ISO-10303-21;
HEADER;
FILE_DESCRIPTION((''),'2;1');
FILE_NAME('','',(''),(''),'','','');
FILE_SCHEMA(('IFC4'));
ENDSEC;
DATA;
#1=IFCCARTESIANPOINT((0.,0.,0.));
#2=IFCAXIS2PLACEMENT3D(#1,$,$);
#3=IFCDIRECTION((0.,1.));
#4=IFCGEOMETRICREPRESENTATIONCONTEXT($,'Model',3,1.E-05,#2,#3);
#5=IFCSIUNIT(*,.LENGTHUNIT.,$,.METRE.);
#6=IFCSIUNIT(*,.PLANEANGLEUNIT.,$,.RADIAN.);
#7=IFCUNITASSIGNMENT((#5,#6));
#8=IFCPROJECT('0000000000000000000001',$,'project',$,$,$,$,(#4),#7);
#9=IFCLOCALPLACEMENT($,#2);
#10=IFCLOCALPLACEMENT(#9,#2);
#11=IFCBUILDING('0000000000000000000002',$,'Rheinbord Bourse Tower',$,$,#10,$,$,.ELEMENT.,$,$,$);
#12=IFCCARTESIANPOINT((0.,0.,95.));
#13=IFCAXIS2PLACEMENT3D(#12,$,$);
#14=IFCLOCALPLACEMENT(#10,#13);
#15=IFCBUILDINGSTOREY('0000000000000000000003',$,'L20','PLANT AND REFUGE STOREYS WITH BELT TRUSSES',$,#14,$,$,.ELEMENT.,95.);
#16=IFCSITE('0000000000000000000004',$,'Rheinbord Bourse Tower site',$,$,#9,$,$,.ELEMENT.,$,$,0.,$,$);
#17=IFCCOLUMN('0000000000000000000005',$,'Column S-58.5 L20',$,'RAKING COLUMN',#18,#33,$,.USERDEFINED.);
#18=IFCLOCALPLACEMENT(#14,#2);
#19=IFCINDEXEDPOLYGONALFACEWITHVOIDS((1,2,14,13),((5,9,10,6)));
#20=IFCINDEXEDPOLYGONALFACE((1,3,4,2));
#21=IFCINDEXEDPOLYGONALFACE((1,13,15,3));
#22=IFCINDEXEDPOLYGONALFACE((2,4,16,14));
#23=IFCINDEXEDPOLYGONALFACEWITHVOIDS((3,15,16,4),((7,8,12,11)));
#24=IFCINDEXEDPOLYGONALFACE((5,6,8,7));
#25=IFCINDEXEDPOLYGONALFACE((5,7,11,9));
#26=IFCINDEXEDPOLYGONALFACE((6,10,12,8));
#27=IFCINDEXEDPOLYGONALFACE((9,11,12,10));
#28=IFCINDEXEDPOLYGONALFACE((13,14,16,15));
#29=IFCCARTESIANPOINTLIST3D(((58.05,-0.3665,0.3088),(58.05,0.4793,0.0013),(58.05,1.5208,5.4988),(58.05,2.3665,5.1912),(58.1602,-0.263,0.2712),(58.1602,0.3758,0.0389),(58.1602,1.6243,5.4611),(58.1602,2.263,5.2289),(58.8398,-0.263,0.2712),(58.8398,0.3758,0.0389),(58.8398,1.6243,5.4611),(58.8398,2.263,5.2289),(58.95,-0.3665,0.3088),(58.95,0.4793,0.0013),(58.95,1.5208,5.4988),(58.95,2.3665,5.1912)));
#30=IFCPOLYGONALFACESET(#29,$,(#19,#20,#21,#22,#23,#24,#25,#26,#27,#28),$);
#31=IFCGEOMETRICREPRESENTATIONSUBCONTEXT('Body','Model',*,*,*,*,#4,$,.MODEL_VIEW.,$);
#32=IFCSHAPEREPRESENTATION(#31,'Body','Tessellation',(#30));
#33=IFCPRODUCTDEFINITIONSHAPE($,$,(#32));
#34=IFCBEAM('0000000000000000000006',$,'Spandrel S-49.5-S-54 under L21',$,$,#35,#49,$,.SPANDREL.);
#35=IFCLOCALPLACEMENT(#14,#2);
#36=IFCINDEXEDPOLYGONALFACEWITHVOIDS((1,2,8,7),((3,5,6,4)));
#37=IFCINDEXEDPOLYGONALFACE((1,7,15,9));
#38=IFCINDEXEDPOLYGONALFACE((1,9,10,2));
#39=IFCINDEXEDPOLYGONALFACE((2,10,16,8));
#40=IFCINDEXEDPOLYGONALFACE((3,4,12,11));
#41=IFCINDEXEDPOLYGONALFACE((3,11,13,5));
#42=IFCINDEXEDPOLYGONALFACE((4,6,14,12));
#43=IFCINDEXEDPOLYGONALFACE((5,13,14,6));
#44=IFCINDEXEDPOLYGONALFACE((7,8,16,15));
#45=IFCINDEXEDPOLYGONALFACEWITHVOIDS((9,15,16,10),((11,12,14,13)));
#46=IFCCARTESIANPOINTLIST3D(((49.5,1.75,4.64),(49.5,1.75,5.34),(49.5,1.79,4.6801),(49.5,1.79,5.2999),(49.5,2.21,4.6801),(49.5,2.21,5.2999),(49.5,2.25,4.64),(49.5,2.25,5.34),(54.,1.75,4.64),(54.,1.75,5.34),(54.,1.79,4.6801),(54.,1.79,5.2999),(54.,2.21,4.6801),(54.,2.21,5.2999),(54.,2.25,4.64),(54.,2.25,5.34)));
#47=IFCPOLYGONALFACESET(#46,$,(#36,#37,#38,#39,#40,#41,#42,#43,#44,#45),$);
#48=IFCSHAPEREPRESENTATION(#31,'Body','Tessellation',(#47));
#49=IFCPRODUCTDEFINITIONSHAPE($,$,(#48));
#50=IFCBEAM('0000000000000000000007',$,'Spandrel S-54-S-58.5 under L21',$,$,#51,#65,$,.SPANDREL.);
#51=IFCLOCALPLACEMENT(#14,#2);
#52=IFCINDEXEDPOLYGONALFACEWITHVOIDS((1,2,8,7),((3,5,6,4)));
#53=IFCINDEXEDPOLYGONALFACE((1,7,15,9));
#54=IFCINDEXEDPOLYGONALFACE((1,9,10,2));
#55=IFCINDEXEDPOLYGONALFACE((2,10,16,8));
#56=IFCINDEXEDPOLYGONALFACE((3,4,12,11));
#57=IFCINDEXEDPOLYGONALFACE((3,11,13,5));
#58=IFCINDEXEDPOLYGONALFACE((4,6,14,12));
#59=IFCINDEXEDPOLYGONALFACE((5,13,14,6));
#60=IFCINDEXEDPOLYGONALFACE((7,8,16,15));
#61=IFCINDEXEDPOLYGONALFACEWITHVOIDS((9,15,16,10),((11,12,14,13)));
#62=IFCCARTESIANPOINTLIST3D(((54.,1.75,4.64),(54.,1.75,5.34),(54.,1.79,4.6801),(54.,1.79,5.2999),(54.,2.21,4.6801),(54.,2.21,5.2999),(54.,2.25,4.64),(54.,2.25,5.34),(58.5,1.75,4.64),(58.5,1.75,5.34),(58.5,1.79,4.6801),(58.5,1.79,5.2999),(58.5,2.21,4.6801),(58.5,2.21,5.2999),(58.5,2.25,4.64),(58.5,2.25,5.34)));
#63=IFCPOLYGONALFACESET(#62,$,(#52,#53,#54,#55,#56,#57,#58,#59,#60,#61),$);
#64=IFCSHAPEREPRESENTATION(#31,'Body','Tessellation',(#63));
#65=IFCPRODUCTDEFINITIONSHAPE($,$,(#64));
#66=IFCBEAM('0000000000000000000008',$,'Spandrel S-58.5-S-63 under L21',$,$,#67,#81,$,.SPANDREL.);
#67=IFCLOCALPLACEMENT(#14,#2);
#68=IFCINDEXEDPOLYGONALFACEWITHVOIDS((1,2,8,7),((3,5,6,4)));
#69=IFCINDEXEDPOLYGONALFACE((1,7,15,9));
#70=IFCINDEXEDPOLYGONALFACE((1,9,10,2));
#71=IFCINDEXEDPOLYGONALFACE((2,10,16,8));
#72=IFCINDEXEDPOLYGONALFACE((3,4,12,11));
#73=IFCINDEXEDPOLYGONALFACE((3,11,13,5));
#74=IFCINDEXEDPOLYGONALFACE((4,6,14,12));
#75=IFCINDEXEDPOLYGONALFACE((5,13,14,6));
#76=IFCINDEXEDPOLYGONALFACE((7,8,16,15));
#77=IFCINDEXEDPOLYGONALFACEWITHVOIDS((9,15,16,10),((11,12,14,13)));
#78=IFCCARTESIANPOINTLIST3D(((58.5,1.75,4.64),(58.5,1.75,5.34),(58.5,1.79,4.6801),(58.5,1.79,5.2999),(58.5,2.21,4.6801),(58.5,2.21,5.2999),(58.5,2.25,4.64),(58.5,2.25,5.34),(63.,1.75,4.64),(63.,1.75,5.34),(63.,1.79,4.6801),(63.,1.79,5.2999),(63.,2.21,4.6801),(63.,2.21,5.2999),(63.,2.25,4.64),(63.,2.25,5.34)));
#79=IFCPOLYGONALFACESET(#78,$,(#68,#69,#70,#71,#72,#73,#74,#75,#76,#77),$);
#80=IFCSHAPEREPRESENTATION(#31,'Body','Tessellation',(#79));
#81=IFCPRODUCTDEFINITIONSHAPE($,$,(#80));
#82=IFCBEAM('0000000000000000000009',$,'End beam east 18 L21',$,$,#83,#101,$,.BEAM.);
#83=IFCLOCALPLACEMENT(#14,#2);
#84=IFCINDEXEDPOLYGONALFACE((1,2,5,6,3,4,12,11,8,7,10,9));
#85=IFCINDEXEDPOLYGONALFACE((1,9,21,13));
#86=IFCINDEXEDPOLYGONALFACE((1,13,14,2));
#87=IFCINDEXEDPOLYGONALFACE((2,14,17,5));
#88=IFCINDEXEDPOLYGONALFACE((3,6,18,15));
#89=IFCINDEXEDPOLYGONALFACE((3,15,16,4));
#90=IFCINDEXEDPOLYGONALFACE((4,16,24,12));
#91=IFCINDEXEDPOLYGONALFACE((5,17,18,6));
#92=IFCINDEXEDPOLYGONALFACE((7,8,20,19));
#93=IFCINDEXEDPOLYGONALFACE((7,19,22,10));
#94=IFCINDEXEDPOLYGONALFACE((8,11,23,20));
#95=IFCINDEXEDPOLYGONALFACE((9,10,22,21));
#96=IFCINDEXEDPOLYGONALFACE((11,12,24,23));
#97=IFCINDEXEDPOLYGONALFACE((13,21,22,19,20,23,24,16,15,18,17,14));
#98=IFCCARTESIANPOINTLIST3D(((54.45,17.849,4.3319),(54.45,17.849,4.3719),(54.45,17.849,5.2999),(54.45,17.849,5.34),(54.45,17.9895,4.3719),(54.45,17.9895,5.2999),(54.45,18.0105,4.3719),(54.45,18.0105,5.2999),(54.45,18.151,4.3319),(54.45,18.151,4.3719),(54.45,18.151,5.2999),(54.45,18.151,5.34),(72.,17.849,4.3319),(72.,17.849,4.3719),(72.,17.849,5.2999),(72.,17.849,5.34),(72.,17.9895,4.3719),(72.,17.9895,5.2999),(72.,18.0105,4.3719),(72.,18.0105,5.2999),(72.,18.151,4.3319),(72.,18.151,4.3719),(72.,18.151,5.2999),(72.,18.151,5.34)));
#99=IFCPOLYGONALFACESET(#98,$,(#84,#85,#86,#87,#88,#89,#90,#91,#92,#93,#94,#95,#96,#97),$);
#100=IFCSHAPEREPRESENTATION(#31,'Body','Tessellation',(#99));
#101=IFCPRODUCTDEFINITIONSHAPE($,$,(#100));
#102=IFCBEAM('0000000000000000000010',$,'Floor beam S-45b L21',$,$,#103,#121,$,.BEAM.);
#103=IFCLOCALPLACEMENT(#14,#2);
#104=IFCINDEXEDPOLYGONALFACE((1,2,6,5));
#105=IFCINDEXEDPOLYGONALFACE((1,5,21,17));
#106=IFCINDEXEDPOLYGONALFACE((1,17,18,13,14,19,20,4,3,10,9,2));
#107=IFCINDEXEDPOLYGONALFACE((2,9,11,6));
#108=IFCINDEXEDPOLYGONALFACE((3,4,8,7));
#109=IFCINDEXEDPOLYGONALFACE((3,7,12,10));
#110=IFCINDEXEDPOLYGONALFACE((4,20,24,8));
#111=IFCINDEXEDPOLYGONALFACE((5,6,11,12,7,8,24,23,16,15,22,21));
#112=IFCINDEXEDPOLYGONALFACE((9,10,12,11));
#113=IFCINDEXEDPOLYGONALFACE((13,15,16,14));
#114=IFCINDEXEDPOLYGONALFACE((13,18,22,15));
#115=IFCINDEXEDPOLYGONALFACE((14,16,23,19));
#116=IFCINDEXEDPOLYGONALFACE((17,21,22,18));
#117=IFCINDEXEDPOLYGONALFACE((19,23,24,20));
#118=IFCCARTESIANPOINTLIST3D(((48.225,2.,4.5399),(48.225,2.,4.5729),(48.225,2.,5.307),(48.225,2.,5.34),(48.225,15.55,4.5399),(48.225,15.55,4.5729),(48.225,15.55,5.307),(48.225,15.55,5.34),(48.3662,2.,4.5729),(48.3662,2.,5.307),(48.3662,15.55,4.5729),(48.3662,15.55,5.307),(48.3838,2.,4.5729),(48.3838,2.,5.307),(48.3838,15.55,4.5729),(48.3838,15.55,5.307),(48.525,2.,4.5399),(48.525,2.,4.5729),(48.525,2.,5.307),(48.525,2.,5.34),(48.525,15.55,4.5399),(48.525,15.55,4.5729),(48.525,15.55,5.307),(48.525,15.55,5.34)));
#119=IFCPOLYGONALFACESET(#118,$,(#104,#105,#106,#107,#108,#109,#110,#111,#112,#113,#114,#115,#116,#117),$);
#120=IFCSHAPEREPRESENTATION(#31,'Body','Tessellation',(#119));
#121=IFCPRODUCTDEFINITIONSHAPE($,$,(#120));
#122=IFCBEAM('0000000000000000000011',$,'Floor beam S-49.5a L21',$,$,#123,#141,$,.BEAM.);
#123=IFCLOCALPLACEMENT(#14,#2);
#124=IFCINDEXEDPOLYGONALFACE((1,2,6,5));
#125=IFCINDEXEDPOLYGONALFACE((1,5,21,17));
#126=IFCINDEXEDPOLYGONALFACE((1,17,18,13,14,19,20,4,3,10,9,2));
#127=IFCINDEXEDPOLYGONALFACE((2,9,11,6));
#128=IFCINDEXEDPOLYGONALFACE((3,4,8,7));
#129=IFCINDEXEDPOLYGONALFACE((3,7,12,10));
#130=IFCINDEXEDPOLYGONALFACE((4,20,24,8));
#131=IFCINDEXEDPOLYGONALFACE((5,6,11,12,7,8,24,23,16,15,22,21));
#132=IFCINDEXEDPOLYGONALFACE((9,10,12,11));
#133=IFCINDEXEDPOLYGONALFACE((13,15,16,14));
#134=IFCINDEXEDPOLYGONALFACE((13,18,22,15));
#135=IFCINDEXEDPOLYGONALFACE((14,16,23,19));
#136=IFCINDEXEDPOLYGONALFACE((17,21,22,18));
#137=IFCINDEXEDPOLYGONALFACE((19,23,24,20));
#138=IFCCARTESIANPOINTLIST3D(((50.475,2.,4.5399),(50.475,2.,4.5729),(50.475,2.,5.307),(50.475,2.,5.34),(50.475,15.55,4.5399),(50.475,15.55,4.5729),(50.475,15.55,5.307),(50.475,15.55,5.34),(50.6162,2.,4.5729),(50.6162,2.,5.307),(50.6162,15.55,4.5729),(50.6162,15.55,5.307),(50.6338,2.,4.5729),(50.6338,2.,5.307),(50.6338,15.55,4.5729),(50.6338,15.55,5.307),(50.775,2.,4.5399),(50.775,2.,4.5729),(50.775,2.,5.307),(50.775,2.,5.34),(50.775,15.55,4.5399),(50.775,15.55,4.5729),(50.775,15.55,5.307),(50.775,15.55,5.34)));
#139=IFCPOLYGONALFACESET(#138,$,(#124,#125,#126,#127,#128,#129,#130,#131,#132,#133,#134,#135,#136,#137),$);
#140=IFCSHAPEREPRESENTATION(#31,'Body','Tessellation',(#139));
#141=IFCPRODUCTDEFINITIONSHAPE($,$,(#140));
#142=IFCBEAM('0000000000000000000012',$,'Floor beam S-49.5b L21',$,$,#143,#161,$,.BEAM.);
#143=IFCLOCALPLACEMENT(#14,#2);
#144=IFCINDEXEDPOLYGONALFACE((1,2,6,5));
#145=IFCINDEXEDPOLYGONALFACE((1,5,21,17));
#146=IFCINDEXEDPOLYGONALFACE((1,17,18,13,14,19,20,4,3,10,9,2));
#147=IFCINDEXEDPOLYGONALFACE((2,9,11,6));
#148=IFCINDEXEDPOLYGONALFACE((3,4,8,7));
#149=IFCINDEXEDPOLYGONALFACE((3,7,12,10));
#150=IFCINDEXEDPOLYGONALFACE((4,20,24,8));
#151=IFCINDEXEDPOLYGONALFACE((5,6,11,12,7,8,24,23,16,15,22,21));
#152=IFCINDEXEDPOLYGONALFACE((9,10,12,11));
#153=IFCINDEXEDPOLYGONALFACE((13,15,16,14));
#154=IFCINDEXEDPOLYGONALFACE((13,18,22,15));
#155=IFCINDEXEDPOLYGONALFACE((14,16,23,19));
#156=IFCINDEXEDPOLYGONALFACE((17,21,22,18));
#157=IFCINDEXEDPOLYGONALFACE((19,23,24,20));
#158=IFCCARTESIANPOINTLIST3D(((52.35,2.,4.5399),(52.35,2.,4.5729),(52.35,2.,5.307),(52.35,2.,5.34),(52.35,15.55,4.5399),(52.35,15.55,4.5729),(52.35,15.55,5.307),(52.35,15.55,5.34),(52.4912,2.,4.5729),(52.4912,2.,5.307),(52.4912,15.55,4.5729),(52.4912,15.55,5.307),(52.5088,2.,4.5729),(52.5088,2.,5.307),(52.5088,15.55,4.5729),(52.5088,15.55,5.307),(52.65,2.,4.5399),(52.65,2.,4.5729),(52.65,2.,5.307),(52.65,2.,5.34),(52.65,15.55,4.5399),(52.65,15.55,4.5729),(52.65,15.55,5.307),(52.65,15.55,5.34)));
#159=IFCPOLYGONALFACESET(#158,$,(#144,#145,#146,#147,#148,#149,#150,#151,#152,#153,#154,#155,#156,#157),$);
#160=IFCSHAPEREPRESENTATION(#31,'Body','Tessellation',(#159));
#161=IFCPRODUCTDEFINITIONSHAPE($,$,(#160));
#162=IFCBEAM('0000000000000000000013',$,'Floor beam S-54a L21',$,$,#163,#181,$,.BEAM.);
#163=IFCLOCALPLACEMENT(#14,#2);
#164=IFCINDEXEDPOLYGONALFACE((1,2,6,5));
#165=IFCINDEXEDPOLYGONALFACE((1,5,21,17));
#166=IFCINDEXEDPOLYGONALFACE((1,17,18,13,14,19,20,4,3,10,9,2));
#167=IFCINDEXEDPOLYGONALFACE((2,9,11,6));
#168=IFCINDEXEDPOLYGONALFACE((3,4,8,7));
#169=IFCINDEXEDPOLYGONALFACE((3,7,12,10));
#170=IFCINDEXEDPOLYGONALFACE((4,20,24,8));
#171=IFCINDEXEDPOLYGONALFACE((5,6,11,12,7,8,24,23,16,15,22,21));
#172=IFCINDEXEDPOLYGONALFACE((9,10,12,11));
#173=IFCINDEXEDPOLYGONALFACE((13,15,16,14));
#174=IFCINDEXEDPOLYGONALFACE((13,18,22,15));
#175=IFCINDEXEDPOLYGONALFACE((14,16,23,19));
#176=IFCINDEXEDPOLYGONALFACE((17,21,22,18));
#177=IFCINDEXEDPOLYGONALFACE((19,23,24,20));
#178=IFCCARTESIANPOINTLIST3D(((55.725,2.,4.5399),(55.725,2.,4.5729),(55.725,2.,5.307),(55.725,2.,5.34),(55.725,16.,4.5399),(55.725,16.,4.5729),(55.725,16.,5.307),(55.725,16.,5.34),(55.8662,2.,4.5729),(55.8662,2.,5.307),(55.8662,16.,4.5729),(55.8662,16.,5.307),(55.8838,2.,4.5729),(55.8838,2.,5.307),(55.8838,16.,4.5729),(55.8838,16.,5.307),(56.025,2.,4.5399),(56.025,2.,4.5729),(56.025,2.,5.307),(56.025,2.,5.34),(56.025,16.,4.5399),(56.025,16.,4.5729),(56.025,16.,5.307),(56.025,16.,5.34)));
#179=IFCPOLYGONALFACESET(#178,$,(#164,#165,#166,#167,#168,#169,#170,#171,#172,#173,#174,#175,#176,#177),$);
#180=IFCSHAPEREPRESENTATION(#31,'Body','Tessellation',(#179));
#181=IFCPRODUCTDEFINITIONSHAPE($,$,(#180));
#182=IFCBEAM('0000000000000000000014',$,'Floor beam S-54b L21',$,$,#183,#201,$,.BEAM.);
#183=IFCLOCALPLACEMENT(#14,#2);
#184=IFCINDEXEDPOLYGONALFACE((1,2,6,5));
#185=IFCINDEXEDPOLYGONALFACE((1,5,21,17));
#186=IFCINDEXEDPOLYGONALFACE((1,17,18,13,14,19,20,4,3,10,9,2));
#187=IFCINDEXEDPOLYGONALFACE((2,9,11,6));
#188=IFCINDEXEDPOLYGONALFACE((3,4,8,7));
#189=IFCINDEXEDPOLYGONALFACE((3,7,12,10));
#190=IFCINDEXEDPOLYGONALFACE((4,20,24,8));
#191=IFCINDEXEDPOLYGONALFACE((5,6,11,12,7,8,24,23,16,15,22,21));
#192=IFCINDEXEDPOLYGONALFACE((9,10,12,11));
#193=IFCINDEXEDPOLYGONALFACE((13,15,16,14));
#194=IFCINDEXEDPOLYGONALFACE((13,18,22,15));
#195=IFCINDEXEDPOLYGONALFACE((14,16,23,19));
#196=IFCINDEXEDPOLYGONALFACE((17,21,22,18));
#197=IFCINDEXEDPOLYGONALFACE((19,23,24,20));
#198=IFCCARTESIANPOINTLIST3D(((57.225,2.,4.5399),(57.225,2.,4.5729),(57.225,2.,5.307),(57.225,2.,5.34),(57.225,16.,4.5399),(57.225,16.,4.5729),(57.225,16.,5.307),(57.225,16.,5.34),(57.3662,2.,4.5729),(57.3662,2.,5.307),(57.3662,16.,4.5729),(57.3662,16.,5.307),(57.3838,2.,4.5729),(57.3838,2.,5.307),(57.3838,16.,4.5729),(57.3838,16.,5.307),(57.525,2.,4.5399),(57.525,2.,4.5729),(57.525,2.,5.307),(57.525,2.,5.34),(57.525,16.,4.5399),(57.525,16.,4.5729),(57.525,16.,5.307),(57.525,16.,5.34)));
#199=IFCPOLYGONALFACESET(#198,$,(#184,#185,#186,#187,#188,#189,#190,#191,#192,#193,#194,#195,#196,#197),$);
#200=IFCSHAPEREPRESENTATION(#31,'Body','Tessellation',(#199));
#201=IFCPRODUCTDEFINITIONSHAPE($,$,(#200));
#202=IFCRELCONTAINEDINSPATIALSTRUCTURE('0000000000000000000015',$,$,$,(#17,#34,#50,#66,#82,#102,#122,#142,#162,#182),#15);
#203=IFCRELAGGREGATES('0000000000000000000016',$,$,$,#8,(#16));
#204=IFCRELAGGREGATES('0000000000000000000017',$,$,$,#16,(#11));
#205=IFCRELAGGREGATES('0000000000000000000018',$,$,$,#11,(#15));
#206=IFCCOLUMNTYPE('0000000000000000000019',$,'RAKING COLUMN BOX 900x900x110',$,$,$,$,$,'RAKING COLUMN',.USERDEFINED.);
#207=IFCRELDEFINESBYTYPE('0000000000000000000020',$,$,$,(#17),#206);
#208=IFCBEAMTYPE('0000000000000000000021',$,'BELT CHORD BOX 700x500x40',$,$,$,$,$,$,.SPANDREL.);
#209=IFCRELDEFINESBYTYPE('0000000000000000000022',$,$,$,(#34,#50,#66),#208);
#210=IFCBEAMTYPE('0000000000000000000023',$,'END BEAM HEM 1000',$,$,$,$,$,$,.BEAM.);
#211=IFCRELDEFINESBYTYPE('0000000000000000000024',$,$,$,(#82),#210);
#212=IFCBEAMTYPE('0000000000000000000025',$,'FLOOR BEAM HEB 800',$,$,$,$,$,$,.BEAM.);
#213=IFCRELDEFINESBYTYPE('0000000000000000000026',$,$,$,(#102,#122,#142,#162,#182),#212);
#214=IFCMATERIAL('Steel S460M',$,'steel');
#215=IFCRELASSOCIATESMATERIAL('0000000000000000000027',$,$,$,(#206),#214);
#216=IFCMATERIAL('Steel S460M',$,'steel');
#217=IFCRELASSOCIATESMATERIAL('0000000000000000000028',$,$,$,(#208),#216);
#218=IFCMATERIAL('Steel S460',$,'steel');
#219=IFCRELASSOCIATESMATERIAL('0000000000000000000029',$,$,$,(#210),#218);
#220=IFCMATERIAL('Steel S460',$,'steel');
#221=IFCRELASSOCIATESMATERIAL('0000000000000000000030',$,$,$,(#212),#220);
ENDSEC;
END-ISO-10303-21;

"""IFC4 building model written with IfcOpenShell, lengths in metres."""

from ifc_helpers import new_model, si_unit, direction, frame, origin, origin_2d, place, context, subcontext, project, spatial, hollow_rectangle, i_section, extrude, material, material_profile, profile_set, type_object, element, save


model = new_model("IFC4")

# Units and contexts
model_context = context("Model", 3, precision=1e-05, world=origin(), true_north=direction((0.0, 1.0)))
body_context = subcontext(model_context, "Body", "Model", "MODEL_VIEW")
ifc_project = project(units=[si_unit("LENGTHUNIT", "METRE"), si_unit("PLANEANGLEUNIT", "RADIAN")], contexts=[model_context])

# Site, building, storey
site_placement = place(None, origin())
site = spatial("IfcSite", under=ifc_project, at=site_placement, Name="Rheinbord Bourse Tower site", CompositionType="ELEMENT", RefElevation=0.0)
building_placement = place(site_placement, origin())
building = spatial("IfcBuilding", under=site, at=building_placement, Name="Rheinbord Bourse Tower", CompositionType="ELEMENT")
storey_placement = place(building_placement, frame((0.0, 0.0, 95.0)))
storey = spatial("IfcBuildingStorey", under=building, at=storey_placement, Name="L20", Description="PLANT AND REFUGE STOREYS WITH BELT TRUSSES", CompositionType="ELEMENT", Elevation=95.0)

# Column
ifc_material_1 = material(Name="Steel S460M", Category="steel")
ifc_material_profile_1 = material_profile(ifc_material_1, hollow_rectangle(XDim=0.8999, YDim=0.8999, WallThickness=0.1101, at=origin_2d()), Name="BOX 900x900x110")
ifc_profile_set_1 = profile_set([ifc_material_profile_1], Name="Steel S460M")
column_type = type_object("IfcColumnType", Name="RAKING COLUMN BOX 900x900x110", ElementType="RAKING COLUMN", PredefinedType="USERDEFINED", material=ifc_profile_set_1)
column_placement = place(storey_placement, frame((58.5, 0.0564, 0.155), z_axis=(0.0, 0.341743, 0.939793), x_axis=(0.0, -0.939793, 0.341743)))
element("IfcColumn", 1, at=column_placement, inside=storey, type_object=column_type, Name="Column S-58.5 L20", ObjectType="RAKING COLUMN", PredefinedType="USERDEFINED", context=body_context, shape_type="SweptSolid", body=[
    extrude(hollow_rectangle(XDim=0.8999, YDim=0.8999, WallThickness=0.1101, at=origin_2d()), origin(), (0.0, 0.0, 1.0), 5.5225),
])

# Beams
ifc_material_2 = material(Name="Steel S460M", Category="steel")
ifc_material_profile_2 = material_profile(ifc_material_2, hollow_rectangle(XDim=0.5, YDim=0.7, WallThickness=0.04, at=origin_2d()), Name="BOX 700x500x40")
ifc_profile_set_2 = profile_set([ifc_material_profile_2], Name="Steel S460M")
beam_type_1 = type_object("IfcBeamType", Name="BELT CHORD BOX 700x500x40", PredefinedType="SPANDREL", material=ifc_profile_set_2)
for number, where, z_axis, x_axis, name in (
    (2, (49.5, 2.0, 4.99), (1.0, 0.0, 0.0), (0.0, 1.0, 0.0), "Spandrel S-49.5-S-54 under L21"),
    (3, (54.0, 2.0, 4.99), (1.0, 0.0, 0.0), (0.0, 1.0, 0.0), "Spandrel S-54-S-58.5 under L21"),
    (4, (58.5, 2.0, 4.99), (1.0, 0.0, 0.0), (0.0, 1.0, 0.0), "Spandrel S-58.5-S-63 under L21"),
):
    element("IfcBeam", number, at=place(storey_placement, frame(where, z_axis=z_axis, x_axis=x_axis)), inside=storey, type_object=beam_type_1, Name=name, PredefinedType="SPANDREL", context=body_context, shape_type="SweptSolid", body=[
        extrude(hollow_rectangle(XDim=0.5, YDim=0.7, WallThickness=0.04, at=origin_2d()), origin(), (0.0, 0.0, 1.0), 4.5),
    ])
ifc_material_3 = material(Name="Steel S460", Category="steel")
ifc_material_profile_3 = material_profile(ifc_material_3, i_section(OverallWidth=0.302, OverallDepth=1.0081, WebThickness=0.021, FlangeThickness=0.04, at=origin_2d()), Name="HEM 1000")
ifc_profile_set_3 = profile_set([ifc_material_profile_3], Name="Steel S460")
beam_type_2 = type_object("IfcBeamType", Name="END BEAM HEM 1000", PredefinedType="BEAM", material=ifc_profile_set_3)
beam_1_placement = place(storey_placement, frame((54.45, 18.0, 4.8359), z_axis=(1.0, 0.0, 0.0), x_axis=(0.0, 1.0, 0.0)))
element("IfcBeam", 5, at=beam_1_placement, inside=storey, type_object=beam_type_2, Name="End beam east 18 L21", PredefinedType="BEAM", context=body_context, shape_type="SweptSolid", body=[
    extrude(i_section(OverallWidth=0.302, OverallDepth=1.0081, WebThickness=0.021, FlangeThickness=0.04, at=origin_2d()), origin(), (0.0, 0.0, 1.0), 17.55),
])
ifc_material_4 = material(Name="Steel S460", Category="steel")
ifc_material_profile_4 = material_profile(ifc_material_4, i_section(OverallWidth=0.3, OverallDepth=0.8, WebThickness=0.0176, FlangeThickness=0.033, at=origin_2d()), Name="HEB 800")
ifc_profile_set_4 = profile_set([ifc_material_profile_4], Name="Steel S460")
beam_type_3 = type_object("IfcBeamType", Name="FLOOR BEAM HEB 800", PredefinedType="BEAM", material=ifc_profile_set_4)
for number, where, z_axis, x_axis, name in (
    (6, (48.375, 2.0, 4.9399), (0.0, 1.0, 0.0), (-1.0, 0.0, 0.0), "Floor beam S-45b L21"),
    (7, (50.625, 2.0, 4.9399), (0.0, 1.0, 0.0), (-1.0, 0.0, 0.0), "Floor beam S-49.5a L21"),
    (8, (52.5, 2.0, 4.9399), (0.0, 1.0, 0.0), (-1.0, 0.0, 0.0), "Floor beam S-49.5b L21"),
):
    element("IfcBeam", number, at=place(storey_placement, frame(where, z_axis=z_axis, x_axis=x_axis)), inside=storey, type_object=beam_type_3, Name=name, PredefinedType="BEAM", context=body_context, shape_type="SweptSolid", body=[
        extrude(i_section(OverallWidth=0.3, OverallDepth=0.8, WebThickness=0.0176, FlangeThickness=0.033, at=origin_2d()), origin(), (0.0, 0.0, 1.0), 13.55),
    ])
for number, where, z_axis, x_axis, name in (
    (9, (55.875, 2.0, 4.9399), (0.0, 1.0, 0.0), (-1.0, 0.0, 0.0), "Floor beam S-54a L21"),
    (10, (57.375, 2.0, 4.9399), (0.0, 1.0, 0.0), (-1.0, 0.0, 0.0), "Floor beam S-54b L21"),
):
    element("IfcBeam", number, at=place(storey_placement, frame(where, z_axis=z_axis, x_axis=x_axis)), inside=storey, type_object=beam_type_3, Name=name, PredefinedType="BEAM", context=body_context, shape_type="SweptSolid", body=[
        extrude(i_section(OverallWidth=0.3, OverallDepth=0.8, WebThickness=0.0176, FlangeThickness=0.033, at=origin_2d()), origin(), (0.0, 0.0, 1.0), 14.0),
    ])

save(model, "model.ifc")
